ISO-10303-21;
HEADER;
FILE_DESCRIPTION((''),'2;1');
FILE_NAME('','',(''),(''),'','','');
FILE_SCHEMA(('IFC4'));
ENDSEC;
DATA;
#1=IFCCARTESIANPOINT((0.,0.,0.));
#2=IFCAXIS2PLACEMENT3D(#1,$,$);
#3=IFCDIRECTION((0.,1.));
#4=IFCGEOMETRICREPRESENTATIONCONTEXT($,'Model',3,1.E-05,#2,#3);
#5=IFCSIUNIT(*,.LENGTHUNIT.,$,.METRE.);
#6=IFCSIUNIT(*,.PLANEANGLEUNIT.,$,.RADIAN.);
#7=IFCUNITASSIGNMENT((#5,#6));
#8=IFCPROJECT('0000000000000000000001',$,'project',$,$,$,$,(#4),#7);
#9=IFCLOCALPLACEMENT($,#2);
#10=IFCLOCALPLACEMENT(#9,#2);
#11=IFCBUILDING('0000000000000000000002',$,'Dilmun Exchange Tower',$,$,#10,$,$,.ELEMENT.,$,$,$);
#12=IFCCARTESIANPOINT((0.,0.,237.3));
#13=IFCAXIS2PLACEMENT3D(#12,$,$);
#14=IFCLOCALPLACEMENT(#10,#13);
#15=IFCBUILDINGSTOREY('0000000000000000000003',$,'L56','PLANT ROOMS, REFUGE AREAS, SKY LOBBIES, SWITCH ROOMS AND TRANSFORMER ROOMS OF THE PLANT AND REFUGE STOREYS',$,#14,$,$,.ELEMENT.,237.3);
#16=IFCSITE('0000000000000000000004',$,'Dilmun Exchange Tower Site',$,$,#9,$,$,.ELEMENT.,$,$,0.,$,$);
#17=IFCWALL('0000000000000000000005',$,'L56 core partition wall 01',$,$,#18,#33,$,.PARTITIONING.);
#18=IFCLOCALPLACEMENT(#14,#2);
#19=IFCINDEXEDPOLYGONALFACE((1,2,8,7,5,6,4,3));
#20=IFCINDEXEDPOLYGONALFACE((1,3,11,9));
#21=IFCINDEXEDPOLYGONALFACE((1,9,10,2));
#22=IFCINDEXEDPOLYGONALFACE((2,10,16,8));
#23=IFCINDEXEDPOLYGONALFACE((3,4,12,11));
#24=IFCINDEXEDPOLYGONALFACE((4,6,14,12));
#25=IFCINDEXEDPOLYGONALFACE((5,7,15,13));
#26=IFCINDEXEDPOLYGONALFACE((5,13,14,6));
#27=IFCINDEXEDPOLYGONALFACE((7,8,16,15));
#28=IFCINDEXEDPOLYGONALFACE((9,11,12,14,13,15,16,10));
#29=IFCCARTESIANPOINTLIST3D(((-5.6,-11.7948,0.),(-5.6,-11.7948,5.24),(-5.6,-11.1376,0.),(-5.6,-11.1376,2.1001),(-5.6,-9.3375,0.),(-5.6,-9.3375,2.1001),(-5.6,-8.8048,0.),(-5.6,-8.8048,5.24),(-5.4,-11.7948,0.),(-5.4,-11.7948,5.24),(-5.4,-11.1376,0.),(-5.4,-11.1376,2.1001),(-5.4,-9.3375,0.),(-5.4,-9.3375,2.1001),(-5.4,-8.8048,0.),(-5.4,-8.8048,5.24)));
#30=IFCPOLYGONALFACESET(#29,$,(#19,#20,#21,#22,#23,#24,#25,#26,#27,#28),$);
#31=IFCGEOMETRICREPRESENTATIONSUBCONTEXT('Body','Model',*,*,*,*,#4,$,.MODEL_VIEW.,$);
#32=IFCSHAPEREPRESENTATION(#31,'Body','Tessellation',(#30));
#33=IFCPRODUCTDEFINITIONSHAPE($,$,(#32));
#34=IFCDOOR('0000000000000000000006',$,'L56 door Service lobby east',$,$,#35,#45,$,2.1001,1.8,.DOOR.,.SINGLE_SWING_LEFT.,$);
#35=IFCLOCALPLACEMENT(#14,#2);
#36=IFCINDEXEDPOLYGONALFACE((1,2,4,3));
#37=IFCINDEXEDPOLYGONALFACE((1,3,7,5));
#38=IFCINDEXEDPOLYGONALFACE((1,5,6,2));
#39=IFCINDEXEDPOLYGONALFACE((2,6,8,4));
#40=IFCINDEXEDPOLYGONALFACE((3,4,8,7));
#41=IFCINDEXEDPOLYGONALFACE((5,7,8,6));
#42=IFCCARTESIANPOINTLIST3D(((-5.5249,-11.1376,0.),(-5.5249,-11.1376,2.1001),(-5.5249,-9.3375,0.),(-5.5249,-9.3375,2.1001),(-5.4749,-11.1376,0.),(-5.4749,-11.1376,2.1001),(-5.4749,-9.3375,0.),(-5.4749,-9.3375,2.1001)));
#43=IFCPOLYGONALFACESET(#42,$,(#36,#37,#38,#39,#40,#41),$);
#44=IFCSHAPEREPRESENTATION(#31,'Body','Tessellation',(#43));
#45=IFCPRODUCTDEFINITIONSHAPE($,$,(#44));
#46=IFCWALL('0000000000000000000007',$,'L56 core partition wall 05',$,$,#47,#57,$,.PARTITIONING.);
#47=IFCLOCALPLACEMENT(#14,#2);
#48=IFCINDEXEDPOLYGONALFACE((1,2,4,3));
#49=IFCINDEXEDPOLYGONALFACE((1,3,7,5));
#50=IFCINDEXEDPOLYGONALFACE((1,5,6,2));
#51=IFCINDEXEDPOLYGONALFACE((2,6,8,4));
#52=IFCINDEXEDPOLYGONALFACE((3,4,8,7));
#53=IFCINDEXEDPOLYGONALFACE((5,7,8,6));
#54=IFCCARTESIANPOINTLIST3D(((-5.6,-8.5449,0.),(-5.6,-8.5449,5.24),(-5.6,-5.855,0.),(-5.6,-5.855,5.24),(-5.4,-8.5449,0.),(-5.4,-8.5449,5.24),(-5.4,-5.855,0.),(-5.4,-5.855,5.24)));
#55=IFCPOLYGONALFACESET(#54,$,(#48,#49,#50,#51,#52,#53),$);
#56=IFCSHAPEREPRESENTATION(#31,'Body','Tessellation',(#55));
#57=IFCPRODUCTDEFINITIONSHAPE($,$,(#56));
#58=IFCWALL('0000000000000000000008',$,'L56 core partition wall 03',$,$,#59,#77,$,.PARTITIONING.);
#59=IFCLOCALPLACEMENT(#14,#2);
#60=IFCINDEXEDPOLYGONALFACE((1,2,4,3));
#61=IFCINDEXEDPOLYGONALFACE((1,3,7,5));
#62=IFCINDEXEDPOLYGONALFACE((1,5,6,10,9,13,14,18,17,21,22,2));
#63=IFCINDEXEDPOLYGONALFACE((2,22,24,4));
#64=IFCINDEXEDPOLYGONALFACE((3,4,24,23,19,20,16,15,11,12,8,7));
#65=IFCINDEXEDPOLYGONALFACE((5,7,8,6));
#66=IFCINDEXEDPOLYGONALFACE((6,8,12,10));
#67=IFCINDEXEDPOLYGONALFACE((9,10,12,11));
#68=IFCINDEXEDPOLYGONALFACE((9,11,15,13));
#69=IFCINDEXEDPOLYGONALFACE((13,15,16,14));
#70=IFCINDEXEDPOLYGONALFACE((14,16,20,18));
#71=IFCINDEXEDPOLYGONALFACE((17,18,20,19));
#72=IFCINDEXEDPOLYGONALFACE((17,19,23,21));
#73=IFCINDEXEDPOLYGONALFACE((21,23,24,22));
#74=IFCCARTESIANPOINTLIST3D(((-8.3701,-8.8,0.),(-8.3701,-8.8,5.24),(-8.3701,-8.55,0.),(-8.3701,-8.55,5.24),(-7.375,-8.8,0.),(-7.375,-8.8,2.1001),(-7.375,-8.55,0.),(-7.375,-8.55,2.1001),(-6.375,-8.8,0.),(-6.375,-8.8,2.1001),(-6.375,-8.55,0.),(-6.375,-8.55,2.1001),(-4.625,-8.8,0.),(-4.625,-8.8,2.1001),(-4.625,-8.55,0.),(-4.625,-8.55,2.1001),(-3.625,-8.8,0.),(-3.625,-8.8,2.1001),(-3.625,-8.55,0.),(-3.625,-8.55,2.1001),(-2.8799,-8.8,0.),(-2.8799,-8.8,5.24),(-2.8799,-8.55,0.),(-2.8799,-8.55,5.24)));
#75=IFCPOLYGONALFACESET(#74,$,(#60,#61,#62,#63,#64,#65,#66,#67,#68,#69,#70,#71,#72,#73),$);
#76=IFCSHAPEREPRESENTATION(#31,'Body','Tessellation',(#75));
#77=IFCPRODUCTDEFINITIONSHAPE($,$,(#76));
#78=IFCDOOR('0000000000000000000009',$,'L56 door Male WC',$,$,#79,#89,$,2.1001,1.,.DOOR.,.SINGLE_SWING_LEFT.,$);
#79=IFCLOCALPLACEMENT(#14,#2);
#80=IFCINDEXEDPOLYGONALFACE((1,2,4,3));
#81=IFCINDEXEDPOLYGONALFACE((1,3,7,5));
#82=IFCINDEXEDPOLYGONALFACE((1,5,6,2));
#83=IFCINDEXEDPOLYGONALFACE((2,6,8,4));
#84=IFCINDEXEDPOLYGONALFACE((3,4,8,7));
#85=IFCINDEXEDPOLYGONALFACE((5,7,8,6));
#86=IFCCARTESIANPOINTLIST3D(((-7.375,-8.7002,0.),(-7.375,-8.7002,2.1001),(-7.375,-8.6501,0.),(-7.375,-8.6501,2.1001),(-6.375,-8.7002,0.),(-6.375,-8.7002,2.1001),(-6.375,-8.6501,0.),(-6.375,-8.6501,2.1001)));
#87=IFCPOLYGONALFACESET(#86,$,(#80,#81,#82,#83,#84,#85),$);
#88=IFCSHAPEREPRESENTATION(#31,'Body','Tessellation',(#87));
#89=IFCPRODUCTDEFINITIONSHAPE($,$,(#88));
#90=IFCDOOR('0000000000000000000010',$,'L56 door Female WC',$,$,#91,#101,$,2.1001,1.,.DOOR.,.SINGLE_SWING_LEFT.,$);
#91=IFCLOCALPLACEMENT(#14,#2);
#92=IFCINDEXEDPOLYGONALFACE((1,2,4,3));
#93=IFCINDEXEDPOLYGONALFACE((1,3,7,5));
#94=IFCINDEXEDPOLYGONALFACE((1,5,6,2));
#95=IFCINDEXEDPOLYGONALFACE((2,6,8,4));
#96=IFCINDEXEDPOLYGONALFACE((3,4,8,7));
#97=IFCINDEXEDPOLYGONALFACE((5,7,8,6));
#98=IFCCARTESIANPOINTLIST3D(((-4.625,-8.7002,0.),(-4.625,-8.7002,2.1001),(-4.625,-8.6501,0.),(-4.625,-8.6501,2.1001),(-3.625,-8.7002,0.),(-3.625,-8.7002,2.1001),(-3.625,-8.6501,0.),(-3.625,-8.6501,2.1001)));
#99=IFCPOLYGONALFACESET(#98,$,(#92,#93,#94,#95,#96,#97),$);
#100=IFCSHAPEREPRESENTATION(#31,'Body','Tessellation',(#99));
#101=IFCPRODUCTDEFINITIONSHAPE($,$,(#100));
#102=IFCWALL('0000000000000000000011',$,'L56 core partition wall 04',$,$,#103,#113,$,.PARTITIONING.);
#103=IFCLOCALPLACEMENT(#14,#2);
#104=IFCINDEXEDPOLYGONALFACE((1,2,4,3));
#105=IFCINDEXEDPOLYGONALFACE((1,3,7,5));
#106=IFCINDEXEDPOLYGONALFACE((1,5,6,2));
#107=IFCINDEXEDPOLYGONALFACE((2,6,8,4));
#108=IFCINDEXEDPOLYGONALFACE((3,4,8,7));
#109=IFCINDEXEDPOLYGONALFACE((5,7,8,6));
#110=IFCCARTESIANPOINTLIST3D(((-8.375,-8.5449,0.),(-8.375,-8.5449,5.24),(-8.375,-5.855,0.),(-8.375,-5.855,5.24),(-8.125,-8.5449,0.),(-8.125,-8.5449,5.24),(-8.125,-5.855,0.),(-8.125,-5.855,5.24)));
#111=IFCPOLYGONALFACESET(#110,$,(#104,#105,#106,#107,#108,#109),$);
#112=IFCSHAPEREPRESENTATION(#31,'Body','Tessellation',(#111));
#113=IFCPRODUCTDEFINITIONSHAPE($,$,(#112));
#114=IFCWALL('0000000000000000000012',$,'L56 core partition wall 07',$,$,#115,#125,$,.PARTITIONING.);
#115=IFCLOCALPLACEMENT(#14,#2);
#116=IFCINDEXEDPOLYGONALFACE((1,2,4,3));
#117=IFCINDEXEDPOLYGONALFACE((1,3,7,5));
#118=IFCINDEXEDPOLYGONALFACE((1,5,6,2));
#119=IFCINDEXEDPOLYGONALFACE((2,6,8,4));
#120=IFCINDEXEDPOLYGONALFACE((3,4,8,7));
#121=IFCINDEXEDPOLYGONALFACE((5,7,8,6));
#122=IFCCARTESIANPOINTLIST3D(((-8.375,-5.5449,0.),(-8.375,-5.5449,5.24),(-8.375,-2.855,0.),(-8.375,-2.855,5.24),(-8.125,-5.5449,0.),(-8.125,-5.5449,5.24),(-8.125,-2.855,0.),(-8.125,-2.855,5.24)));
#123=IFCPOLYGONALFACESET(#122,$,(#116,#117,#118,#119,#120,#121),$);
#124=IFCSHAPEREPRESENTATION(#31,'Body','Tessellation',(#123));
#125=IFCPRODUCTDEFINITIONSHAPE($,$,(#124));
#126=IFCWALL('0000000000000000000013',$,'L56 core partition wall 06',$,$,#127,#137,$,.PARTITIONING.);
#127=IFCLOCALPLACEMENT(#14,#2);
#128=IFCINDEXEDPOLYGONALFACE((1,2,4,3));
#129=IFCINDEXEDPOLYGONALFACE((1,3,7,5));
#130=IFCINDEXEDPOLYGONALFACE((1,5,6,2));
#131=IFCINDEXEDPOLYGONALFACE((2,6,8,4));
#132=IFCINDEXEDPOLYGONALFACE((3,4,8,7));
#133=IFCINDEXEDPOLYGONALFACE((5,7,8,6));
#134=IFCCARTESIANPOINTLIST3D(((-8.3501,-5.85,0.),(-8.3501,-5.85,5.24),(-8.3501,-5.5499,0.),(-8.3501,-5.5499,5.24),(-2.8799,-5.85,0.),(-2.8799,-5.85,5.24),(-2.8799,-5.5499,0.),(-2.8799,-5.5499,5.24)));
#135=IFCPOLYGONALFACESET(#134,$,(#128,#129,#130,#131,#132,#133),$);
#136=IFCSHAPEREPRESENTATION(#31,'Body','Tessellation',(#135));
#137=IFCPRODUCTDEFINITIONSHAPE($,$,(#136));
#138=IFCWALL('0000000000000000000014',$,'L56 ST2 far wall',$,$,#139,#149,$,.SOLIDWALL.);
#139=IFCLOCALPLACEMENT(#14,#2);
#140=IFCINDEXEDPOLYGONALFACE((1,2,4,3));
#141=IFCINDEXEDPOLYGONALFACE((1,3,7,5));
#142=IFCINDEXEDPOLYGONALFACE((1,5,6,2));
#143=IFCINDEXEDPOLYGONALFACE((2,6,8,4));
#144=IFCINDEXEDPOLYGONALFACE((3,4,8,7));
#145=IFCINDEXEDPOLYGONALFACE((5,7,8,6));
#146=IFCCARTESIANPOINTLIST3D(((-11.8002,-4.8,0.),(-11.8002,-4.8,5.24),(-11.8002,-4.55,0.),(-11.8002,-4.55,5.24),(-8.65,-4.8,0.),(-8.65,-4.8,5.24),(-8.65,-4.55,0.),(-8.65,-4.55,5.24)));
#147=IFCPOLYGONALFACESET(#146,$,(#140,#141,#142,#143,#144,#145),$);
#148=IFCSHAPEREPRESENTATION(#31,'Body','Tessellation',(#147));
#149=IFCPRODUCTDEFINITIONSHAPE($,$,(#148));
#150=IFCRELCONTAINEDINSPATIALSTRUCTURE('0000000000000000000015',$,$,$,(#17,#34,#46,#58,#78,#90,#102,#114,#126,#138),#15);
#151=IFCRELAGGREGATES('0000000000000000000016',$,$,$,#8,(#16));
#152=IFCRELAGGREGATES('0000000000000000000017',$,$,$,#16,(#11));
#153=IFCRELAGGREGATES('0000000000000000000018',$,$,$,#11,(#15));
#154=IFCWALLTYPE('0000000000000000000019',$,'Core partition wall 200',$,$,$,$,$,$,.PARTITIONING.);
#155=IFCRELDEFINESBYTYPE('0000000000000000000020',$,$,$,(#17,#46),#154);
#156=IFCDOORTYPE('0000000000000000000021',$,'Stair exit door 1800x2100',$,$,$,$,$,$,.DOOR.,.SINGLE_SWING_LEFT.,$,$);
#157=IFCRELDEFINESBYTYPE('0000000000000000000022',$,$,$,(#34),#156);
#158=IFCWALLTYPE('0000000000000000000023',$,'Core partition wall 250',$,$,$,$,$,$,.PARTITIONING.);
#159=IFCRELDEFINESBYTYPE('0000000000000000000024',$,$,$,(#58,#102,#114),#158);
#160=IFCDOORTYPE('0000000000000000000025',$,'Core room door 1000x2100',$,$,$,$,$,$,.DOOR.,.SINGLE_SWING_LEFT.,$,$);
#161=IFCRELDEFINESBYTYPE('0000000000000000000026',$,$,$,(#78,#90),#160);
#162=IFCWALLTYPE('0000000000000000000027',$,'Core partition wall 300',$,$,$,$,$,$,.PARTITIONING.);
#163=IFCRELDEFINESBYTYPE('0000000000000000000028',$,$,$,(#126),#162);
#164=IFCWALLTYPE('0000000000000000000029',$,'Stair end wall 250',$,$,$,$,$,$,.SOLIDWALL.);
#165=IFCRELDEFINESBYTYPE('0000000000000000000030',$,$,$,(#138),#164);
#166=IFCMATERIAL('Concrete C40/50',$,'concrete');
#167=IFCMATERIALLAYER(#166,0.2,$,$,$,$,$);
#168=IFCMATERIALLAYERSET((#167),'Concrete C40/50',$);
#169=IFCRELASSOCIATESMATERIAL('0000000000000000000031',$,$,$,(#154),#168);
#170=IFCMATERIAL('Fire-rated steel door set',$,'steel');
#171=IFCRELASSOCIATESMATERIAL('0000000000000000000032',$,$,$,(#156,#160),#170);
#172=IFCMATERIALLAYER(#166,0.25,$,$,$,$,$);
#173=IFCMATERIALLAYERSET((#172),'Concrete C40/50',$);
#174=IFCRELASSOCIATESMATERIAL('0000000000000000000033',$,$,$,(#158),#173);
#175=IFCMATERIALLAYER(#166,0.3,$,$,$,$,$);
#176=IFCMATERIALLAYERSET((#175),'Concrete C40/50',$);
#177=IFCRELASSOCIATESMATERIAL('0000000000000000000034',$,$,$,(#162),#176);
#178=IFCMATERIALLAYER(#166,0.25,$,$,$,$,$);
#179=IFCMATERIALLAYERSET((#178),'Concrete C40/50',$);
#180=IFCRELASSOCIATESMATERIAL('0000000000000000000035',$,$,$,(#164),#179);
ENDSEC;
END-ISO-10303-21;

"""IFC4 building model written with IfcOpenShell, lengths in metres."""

from ifc_helpers import new_model, si_unit, direction, frame, frame_2d, origin, place, context, subcontext, project, spatial, rectangle, extrude, material, layer, layer_set, type_object, element, fill, save


model = new_model("IFC4")

# Units and contexts
model_context = context("Model", 3, precision=1e-05, world=origin(), true_north=direction((0.0, 1.0)))
body_context = subcontext(model_context, "Body", "Model", "MODEL_VIEW")
ifc_project = project(units=[si_unit("LENGTHUNIT", "METRE"), si_unit("PLANEANGLEUNIT", "RADIAN")], contexts=[model_context])

# Site, building, storey
site_placement = place(None, origin())
site = spatial("IfcSite", under=ifc_project, at=site_placement, Name="Dilmun Exchange Tower Site", CompositionType="ELEMENT", RefElevation=0.0)
building_placement = place(site_placement, origin())
building = spatial("IfcBuilding", under=site, at=building_placement, Name="Dilmun Exchange Tower", CompositionType="ELEMENT")
storey_placement = place(building_placement, frame((0.0, 0.0, 237.3)))
storey = spatial("IfcBuildingStorey", under=building, at=storey_placement, Name="L56", Description="PLANT ROOMS, REFUGE AREAS, SKY LOBBIES, SWITCH ROOMS AND TRANSFORMER ROOMS OF THE PLANT AND REFUGE STOREYS", CompositionType="ELEMENT", Elevation=237.3)

# Wall, opening, door
ifc_material_1 = material(Name="Concrete C40/50", Category="concrete")
ifc_layer_1 = layer(ifc_material_1, 0.2)
ifc_layer_set_1 = layer_set([ifc_layer_1], Name="Concrete C40/50")
wall_type_1 = type_object("IfcWallType", Name="Core partition wall 200", PredefinedType="PARTITIONING", material=ifc_layer_set_1)
wall_1_placement = place(storey_placement, frame((-5.5, -11.7949, 0.0), z_axis=(0.0, 0.0, 1.0), x_axis=(0.0, 1.0, 0.0)))
wall_1 = element("IfcWall", 1, at=wall_1_placement, inside=storey, type_object=wall_type_1, Name="L56 core partition wall 01", PredefinedType="PARTITIONING", context=body_context, shape_type="SweptSolid", body=[
    extrude(rectangle(XDim=2.99, YDim=0.2, at=frame_2d((1.4951, 0.0))), origin(), (0.0, 0.0, 1.0), 5.24),
])
opening_1_placement = place(wall_1_placement, frame((0.6575, 0.0, 0.0)))
opening_1 = element("IfcOpeningElement", 2, at=opening_1_placement, cuts=wall_1, PredefinedType="OPENING", context=body_context, shape_type="SweptSolid", body=[
    extrude(rectangle(XDim=1.8, YDim=2.1001, at=frame_2d((0.8999, 1.05))), frame((0.0, 0.1099, 0.0), z_axis=(0.0, -1.0, 0.0), x_axis=(1.0, 0.0, 0.0)), (0.0, 0.0, 1.0), 0.22),
])
ifc_material_2 = material(Name="Fire-rated steel door set", Category="steel")
door_type_1 = type_object("IfcDoorType", Name="Stair exit door 1800x2100", OperationType="SINGLE_SWING_LEFT", PredefinedType="DOOR", material=ifc_material_2)
door_1_placement = place(opening_1_placement, origin())
door_1 = element("IfcDoor", 3, at=door_1_placement, inside=storey, type_object=door_type_1, Name="L56 door Service lobby east", OperationType="SINGLE_SWING_LEFT", OverallHeight=2.1001, OverallWidth=1.8, PredefinedType="DOOR", context=body_context, shape_type="SweptSolid", body=[
    extrude(rectangle(XDim=1.8, YDim=2.1001, at=frame_2d((0.8999, 1.05))), frame((0.0, 0.0249, 0.0), z_axis=(0.0, -1.0, 0.0), x_axis=(1.0, 0.0, 0.0)), (0.0, 0.0, 1.0), 0.05),
])
fill(opening_1, door_1)

# Wall
wall_2_placement = place(storey_placement, frame((-5.5, -8.5449, 0.0), z_axis=(0.0, 0.0, 1.0), x_axis=(0.0, 1.0, 0.0)))
element("IfcWall", 4, at=wall_2_placement, inside=storey, type_object=wall_type_1, Name="L56 core partition wall 05", PredefinedType="PARTITIONING", context=body_context, shape_type="SweptSolid", body=[
    extrude(rectangle(XDim=2.6899, YDim=0.2, at=frame_2d((1.345, 0.0))), origin(), (0.0, 0.0, 1.0), 5.24),
])

# Wall, openings, doors
ifc_layer_2 = layer(ifc_material_1, 0.25)
ifc_layer_set_2 = layer_set([ifc_layer_2], Name="Concrete C40/50")
wall_type_2 = type_object("IfcWallType", Name="Core partition wall 250", PredefinedType="PARTITIONING", material=ifc_layer_set_2)
wall_3_placement = place(storey_placement, frame((-8.3701, -8.675, 0.0), z_axis=(0.0, 0.0, 1.0), x_axis=(1.0, 0.0, 0.0)))
wall_3 = element("IfcWall", 5, at=wall_3_placement, inside=storey, type_object=wall_type_2, Name="L56 core partition wall 03", PredefinedType="PARTITIONING", context=body_context, shape_type="SweptSolid", body=[
    extrude(rectangle(XDim=5.4902, YDim=0.25, at=frame_2d((2.7451, 0.0))), origin(), (0.0, 0.0, 1.0), 5.24),
])
opening_2_placement = place(wall_3_placement, frame((0.9951, 0.0, 0.0)))
opening_2 = element("IfcOpeningElement", 6, at=opening_2_placement, cuts=wall_3, PredefinedType="OPENING", context=body_context, shape_type="SweptSolid", body=[
    extrude(rectangle(XDim=1.0, YDim=2.1001, at=frame_2d((0.5, 1.05))), frame((0.0, 0.135, 0.0), z_axis=(0.0, -1.0, 0.0), x_axis=(1.0, 0.0, 0.0)), (0.0, 0.0, 1.0), 0.27),
])
opening_3_placement = place(wall_3_placement, frame((3.7451, 0.0, 0.0)))
opening_3 = element("IfcOpeningElement", 7, at=opening_3_placement, cuts=wall_3, PredefinedType="OPENING", context=body_context, shape_type="SweptSolid", body=[
    extrude(rectangle(XDim=1.0, YDim=2.1001, at=frame_2d((0.5, 1.05))), frame((0.0, 0.135, 0.0), z_axis=(0.0, -1.0, 0.0), x_axis=(1.0, 0.0, 0.0)), (0.0, 0.0, 1.0), 0.27),
])
door_type_2 = type_object("IfcDoorType", Name="Core room door 1000x2100", OperationType="SINGLE_SWING_LEFT", PredefinedType="DOOR", material=ifc_material_2)
door_2_placement = place(opening_2_placement, origin())
door_2 = element("IfcDoor", 8, at=door_2_placement, inside=storey, type_object=door_type_2, Name="L56 door Male WC", OperationType="SINGLE_SWING_LEFT", OverallHeight=2.1001, OverallWidth=1.0, PredefinedType="DOOR", context=body_context, shape_type="SweptSolid", body=[
    extrude(rectangle(XDim=1.0, YDim=2.1001, at=frame_2d((0.5, 1.05))), frame((0.0, 0.0249, 0.0), z_axis=(0.0, -1.0, 0.0), x_axis=(1.0, 0.0, 0.0)), (0.0, 0.0, 1.0), 0.05),
])
fill(opening_2, door_2)
door_3_placement = place(opening_3_placement, origin())
door_3 = element("IfcDoor", 9, at=door_3_placement, inside=storey, type_object=door_type_2, Name="L56 door Female WC", OperationType="SINGLE_SWING_LEFT", OverallHeight=2.1001, OverallWidth=1.0, PredefinedType="DOOR", context=body_context, shape_type="SweptSolid", body=[
    extrude(rectangle(XDim=1.0, YDim=2.1001, at=frame_2d((0.5, 1.05))), frame((0.0, 0.0249, 0.0), z_axis=(0.0, -1.0, 0.0), x_axis=(1.0, 0.0, 0.0)), (0.0, 0.0, 1.0), 0.05),
])
fill(opening_3, door_3)

# Walls
for number, where, z_axis, x_axis, name in (
    (10, (-8.25, -8.5449, 0.0), (0.0, 0.0, 1.0), (0.0, 1.0, 0.0), "L56 core partition wall 04"),
    (11, (-8.25, -5.5449, 0.0), (0.0, 0.0, 1.0), (0.0, 1.0, 0.0), "L56 core partition wall 07"),
):
    element("IfcWall", number, at=place(storey_placement, frame(where, z_axis=z_axis, x_axis=x_axis)), inside=storey, type_object=wall_type_2, Name=name, PredefinedType="PARTITIONING", context=body_context, shape_type="SweptSolid", body=[
        extrude(rectangle(XDim=2.6899, YDim=0.25, at=frame_2d((1.345, 0.0))), origin(), (0.0, 0.0, 1.0), 5.24),
    ])
ifc_layer_3 = layer(ifc_material_1, 0.3)
ifc_layer_set_3 = layer_set([ifc_layer_3], Name="Concrete C40/50")
wall_type_3 = type_object("IfcWallType", Name="Core partition wall 300", PredefinedType="PARTITIONING", material=ifc_layer_set_3)
wall_4_placement = place(storey_placement, frame((-8.3501, -5.7, 0.0), z_axis=(0.0, 0.0, 1.0), x_axis=(1.0, 0.0, 0.0)))
element("IfcWall", 12, at=wall_4_placement, inside=storey, type_object=wall_type_3, Name="L56 core partition wall 06", PredefinedType="PARTITIONING", context=body_context, shape_type="SweptSolid", body=[
    extrude(rectangle(XDim=5.4702, YDim=0.3, at=frame_2d((2.7351, 0.0))), origin(), (0.0, 0.0, 1.0), 5.24),
])
ifc_layer_4 = layer(ifc_material_1, 0.25)
ifc_layer_set_4 = layer_set([ifc_layer_4], Name="Concrete C40/50")
wall_type_4 = type_object("IfcWallType", Name="Stair end wall 250", PredefinedType="SOLIDWALL", material=ifc_layer_set_4)
wall_5_placement = place(storey_placement, frame((-8.6499, -4.675, 0.0), z_axis=(0.0, 0.0, 1.0), x_axis=(-1.0, 0.0, 0.0)))
element("IfcWall", 13, at=wall_5_placement, inside=storey, type_object=wall_type_4, Name="L56 ST2 far wall", PredefinedType="SOLIDWALL", context=body_context, shape_type="SweptSolid", body=[
    extrude(rectangle(XDim=3.1501, YDim=0.25, at=frame_2d((1.5752, 0.0))), origin(), (0.0, 0.0, 1.0), 5.24),
])

save(model, "model.ifc")
